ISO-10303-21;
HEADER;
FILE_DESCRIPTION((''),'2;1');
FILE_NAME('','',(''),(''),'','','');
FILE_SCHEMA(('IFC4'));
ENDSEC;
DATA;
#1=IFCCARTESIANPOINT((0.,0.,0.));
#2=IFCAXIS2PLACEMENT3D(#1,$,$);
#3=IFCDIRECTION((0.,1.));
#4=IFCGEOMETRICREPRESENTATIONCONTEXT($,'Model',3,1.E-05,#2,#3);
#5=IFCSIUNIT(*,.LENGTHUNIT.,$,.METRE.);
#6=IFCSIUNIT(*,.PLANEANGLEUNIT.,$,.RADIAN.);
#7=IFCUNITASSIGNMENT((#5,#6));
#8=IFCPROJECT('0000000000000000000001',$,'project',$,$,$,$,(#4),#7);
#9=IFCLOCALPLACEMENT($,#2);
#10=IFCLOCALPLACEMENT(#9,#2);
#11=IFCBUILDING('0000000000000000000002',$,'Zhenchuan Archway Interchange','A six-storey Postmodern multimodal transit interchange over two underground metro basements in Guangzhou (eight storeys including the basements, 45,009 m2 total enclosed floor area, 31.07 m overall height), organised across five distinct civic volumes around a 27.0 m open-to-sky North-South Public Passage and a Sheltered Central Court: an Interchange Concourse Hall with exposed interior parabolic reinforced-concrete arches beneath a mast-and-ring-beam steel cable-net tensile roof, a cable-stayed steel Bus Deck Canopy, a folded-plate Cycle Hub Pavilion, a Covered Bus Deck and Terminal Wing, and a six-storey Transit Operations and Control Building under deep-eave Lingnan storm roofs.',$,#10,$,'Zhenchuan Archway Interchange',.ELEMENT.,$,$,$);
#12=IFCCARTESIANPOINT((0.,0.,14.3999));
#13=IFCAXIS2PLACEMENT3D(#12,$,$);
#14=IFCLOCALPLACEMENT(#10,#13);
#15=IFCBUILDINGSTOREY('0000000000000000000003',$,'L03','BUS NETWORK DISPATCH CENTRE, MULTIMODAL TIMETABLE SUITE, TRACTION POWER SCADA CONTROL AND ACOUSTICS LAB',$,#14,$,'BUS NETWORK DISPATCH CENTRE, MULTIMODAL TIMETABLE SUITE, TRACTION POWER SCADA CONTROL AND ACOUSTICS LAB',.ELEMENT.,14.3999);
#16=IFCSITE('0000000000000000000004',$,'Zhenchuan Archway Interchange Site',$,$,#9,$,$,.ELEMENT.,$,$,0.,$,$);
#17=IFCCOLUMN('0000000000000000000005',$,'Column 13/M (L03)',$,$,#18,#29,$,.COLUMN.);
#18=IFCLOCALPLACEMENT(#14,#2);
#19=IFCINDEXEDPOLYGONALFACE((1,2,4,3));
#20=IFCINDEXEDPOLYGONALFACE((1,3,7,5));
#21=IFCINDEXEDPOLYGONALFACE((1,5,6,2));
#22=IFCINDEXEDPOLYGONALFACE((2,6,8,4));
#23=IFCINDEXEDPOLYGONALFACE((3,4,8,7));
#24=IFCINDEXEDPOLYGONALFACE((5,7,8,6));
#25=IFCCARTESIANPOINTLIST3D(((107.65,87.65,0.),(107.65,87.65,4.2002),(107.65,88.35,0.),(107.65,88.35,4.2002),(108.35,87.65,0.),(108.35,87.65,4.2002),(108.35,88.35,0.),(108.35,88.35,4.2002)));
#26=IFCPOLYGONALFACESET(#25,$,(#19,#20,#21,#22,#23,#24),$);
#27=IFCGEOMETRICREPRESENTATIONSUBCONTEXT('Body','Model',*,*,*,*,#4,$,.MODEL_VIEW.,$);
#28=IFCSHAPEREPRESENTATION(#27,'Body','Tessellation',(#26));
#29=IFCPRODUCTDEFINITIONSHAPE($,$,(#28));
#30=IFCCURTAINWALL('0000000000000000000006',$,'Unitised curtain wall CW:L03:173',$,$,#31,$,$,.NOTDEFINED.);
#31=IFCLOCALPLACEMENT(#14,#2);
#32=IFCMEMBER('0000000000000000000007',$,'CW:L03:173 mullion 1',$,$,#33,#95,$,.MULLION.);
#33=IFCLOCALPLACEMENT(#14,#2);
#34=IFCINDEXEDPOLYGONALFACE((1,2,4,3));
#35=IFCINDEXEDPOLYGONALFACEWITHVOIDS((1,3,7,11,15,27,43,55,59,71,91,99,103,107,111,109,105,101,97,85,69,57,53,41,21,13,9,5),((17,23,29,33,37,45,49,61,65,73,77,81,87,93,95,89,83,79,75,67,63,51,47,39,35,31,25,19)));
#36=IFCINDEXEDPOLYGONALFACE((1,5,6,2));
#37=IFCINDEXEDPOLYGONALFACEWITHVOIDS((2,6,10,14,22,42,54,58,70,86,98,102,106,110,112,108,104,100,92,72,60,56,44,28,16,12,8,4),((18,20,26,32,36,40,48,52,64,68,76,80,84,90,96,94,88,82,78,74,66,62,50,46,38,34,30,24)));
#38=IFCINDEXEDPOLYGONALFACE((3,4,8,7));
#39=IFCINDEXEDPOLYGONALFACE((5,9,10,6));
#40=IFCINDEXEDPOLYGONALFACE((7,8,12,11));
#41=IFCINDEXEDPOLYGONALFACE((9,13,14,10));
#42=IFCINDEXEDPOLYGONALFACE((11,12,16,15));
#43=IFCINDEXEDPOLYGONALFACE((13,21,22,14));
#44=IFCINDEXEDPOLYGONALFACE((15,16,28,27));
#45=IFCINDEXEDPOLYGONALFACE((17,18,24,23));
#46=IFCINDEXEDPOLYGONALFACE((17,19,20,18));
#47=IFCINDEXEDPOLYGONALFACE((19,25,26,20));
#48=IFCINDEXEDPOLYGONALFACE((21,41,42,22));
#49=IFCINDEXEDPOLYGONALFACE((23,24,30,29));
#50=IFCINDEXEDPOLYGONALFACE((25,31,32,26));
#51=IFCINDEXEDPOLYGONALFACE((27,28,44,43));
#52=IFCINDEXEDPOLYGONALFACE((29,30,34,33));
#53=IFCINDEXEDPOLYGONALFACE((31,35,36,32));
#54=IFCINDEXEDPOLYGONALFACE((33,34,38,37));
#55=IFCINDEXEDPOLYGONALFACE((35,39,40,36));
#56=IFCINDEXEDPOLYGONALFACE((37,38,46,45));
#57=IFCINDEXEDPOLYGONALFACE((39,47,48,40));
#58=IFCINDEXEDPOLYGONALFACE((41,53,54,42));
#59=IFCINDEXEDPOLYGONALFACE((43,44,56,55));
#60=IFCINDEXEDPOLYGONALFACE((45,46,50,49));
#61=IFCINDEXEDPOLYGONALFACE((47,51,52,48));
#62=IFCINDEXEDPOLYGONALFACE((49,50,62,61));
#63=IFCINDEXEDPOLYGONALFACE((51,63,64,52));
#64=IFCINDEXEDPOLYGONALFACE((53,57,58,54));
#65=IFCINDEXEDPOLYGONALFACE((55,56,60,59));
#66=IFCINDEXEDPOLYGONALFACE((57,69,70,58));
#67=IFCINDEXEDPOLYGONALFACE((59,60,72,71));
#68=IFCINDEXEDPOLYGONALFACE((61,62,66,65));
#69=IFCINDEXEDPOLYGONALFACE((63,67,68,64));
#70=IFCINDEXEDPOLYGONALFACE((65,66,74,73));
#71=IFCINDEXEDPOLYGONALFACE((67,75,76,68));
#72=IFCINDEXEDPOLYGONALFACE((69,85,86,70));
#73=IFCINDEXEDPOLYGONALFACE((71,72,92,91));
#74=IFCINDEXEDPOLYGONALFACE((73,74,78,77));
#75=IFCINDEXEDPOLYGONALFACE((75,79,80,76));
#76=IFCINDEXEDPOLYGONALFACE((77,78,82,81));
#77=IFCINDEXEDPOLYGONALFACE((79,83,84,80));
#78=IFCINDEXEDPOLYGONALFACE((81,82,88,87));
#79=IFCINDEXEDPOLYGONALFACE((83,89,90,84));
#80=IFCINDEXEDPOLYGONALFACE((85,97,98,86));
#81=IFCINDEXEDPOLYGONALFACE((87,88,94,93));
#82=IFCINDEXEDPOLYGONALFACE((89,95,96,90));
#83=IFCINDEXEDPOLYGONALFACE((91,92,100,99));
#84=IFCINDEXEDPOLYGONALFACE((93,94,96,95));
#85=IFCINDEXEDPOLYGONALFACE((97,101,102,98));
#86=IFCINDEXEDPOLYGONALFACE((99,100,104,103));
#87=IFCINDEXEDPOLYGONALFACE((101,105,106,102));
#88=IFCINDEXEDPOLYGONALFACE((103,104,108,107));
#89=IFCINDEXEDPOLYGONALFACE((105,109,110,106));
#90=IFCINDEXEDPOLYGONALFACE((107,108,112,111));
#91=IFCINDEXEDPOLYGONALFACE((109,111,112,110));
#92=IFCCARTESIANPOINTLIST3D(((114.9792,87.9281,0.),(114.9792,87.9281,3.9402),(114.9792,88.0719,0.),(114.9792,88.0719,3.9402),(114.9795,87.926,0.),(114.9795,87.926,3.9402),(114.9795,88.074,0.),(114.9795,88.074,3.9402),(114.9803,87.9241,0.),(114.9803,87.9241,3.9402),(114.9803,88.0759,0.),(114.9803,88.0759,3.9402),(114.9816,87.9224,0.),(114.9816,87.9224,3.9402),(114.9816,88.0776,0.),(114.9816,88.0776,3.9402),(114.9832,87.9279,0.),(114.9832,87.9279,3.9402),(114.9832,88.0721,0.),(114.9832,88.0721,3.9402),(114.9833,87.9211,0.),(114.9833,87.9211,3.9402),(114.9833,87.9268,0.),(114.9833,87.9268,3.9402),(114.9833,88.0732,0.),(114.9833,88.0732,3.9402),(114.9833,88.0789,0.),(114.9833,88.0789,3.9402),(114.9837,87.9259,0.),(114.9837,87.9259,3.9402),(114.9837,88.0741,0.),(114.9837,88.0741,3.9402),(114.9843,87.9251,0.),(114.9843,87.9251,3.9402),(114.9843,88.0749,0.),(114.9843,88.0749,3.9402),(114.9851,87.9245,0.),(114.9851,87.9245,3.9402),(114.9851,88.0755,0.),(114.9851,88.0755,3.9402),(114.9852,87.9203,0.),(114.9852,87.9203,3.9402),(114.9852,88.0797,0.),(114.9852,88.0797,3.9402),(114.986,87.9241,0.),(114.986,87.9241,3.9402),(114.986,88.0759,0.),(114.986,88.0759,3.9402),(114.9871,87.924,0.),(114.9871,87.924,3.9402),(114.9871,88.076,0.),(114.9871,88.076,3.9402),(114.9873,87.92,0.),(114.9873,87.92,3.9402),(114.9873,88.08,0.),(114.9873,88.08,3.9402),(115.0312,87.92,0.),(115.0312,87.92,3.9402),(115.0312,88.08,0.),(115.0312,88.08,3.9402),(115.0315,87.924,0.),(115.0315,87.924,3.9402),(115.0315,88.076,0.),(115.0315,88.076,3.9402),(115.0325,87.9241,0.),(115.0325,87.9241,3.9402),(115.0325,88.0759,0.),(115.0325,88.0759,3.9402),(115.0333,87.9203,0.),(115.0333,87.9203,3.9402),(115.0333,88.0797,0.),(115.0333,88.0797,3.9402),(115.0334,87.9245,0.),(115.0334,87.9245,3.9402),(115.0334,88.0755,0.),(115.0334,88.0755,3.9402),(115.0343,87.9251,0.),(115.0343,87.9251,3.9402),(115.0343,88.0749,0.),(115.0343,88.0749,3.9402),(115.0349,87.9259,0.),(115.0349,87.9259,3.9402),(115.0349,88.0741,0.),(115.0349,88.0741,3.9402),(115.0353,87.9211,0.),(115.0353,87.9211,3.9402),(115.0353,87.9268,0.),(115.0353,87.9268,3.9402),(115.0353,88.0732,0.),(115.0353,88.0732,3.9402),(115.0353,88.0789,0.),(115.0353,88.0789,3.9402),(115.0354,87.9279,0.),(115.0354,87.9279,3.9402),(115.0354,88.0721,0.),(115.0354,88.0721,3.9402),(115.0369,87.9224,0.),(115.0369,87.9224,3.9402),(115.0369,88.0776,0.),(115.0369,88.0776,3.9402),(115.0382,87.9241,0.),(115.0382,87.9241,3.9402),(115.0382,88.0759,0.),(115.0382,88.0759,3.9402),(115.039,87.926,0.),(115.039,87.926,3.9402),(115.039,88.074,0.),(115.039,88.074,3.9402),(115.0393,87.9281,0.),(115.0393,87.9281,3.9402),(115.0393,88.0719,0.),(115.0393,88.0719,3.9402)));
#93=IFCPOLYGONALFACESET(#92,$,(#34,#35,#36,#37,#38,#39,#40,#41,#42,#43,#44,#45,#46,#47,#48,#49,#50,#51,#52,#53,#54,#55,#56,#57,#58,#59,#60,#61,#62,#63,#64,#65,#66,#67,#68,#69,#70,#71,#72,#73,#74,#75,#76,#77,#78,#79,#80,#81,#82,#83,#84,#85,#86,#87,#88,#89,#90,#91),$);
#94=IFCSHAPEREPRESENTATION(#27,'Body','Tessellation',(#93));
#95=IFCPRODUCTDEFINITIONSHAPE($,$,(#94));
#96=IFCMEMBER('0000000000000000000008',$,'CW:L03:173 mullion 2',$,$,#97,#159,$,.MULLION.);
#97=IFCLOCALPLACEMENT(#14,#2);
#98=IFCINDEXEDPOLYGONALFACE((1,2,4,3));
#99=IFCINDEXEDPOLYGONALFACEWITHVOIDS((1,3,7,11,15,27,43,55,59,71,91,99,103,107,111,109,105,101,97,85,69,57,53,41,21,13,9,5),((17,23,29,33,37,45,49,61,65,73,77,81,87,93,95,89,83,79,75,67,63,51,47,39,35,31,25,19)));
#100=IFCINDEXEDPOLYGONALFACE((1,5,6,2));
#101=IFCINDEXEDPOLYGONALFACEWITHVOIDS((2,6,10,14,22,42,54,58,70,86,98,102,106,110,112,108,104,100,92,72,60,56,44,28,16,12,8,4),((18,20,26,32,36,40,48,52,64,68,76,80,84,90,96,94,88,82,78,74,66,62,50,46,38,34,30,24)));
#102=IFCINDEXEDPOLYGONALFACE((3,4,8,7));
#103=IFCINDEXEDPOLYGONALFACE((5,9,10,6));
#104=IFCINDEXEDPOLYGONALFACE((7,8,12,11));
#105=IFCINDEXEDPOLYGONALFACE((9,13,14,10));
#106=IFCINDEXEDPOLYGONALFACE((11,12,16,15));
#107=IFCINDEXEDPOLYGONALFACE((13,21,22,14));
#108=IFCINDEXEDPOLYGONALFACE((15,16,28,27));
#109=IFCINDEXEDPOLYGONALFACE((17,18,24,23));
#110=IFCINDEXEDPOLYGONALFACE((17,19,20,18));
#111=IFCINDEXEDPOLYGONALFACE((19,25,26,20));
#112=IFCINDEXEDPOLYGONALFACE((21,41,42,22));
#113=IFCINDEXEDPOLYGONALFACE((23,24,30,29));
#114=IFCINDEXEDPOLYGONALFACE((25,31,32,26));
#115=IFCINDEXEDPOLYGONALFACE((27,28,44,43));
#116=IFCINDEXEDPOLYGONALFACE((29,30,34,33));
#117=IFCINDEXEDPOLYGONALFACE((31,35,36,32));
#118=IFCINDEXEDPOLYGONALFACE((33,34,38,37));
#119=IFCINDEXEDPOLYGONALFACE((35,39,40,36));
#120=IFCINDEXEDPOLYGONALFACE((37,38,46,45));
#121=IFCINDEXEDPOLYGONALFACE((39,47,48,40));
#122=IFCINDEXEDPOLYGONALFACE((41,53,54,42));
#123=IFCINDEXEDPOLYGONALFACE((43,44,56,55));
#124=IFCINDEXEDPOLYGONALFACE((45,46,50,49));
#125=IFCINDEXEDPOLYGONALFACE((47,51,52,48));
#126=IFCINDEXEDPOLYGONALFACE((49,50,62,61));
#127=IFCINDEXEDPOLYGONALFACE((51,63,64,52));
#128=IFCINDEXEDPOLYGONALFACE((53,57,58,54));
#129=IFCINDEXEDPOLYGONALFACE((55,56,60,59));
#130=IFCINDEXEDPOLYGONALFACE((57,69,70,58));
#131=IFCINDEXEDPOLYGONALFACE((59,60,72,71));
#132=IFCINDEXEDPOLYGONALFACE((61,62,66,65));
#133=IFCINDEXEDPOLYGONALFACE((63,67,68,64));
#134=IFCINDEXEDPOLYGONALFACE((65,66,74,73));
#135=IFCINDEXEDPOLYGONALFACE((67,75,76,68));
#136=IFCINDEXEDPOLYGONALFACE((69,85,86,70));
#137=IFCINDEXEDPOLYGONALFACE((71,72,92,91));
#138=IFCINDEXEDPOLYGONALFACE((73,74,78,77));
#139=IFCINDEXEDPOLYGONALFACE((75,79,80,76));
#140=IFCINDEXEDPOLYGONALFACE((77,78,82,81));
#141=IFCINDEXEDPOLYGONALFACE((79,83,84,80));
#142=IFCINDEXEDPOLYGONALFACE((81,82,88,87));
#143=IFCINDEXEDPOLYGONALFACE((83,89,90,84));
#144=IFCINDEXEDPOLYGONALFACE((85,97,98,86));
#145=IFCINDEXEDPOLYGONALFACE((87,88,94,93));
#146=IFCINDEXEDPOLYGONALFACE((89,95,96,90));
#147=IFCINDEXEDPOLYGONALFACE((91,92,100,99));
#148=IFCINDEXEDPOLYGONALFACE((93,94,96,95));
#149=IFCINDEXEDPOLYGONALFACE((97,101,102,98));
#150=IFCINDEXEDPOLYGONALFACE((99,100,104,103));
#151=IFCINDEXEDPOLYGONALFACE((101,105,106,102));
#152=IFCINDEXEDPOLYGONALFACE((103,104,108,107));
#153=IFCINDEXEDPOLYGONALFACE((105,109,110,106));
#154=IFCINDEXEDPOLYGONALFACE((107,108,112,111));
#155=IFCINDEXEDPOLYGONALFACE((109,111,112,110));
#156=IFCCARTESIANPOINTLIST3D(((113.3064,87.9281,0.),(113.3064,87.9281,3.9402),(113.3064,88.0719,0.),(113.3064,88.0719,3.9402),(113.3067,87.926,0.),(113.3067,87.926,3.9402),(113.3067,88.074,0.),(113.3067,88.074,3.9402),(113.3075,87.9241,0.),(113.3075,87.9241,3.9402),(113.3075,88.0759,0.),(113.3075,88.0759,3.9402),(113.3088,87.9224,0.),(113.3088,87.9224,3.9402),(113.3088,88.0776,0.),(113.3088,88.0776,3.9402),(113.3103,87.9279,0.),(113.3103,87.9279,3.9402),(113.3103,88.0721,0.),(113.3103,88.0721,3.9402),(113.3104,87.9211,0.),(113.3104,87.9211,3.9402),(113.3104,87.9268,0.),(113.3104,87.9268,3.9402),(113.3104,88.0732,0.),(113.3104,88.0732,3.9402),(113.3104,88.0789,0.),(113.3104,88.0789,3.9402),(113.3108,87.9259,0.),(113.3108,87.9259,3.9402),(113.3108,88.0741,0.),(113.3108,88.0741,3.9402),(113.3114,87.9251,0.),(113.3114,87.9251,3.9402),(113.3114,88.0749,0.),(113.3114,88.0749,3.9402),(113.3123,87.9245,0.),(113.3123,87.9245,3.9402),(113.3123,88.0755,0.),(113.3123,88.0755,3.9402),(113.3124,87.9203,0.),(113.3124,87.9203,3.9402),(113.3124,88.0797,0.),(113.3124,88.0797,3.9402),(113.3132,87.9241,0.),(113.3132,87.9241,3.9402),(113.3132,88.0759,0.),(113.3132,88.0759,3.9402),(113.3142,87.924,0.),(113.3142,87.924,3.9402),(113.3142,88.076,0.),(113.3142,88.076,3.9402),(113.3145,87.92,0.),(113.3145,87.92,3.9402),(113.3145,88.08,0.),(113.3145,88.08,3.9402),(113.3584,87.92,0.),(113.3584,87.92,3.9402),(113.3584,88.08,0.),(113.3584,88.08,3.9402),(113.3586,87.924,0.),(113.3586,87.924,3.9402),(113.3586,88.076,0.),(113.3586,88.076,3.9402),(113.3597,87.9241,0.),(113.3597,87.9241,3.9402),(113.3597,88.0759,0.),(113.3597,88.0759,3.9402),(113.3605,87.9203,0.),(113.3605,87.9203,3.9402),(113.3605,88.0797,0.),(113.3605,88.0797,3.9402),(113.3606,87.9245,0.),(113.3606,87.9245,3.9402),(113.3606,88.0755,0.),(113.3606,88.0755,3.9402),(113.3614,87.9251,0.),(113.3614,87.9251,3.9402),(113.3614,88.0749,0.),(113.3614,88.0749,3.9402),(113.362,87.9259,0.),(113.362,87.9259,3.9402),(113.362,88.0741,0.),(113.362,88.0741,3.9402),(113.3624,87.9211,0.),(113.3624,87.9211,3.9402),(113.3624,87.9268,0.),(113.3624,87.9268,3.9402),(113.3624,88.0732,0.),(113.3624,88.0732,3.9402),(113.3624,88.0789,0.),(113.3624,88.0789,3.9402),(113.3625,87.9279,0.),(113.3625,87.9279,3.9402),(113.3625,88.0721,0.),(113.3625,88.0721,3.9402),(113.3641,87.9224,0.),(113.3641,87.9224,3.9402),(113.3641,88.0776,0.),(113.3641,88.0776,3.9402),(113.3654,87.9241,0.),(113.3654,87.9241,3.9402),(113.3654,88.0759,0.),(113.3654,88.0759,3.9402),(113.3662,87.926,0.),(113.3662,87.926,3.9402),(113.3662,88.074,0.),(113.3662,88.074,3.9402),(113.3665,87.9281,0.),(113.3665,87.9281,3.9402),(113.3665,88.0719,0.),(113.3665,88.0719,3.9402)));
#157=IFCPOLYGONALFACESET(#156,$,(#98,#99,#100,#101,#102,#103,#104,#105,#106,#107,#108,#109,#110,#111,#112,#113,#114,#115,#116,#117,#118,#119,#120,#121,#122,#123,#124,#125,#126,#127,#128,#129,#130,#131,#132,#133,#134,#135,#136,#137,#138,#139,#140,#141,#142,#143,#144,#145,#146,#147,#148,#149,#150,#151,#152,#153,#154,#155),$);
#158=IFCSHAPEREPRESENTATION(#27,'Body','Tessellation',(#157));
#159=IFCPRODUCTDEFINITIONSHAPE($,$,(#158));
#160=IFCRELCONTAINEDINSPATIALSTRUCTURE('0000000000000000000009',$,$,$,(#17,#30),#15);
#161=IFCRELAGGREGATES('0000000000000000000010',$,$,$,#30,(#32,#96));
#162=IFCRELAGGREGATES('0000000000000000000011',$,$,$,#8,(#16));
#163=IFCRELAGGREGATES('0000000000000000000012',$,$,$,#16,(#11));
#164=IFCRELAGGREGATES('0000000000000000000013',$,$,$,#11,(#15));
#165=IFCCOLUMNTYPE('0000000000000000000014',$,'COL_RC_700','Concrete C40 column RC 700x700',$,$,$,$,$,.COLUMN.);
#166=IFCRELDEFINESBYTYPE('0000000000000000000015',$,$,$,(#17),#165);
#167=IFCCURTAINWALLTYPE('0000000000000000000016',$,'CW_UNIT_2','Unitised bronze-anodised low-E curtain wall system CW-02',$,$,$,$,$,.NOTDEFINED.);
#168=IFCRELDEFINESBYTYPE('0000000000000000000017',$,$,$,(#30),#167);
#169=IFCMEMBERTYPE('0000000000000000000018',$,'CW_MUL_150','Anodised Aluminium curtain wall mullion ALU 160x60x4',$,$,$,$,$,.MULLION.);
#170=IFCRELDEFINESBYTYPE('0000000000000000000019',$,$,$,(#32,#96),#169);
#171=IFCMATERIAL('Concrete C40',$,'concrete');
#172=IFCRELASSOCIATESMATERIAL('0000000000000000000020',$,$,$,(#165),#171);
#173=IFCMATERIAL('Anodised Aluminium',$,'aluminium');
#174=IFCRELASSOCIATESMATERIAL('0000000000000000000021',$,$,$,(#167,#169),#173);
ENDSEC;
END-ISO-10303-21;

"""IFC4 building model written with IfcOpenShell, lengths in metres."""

from ifc_helpers import new_model, si_unit, direction, frame, origin, origin_2d, place, context, subcontext, project, spatial, rectangle, hollow_rectangle, extrude, material, material_profile, profile_set, type_object, element, aggregate, save


model = new_model("IFC4")

# Units and contexts
model_context = context("Model", 3, precision=1e-05, world=origin(), true_north=direction((0.0, 1.0)))
body_context = subcontext(model_context, "Body", "Model", "MODEL_VIEW")
ifc_project = project(units=[si_unit("LENGTHUNIT", "METRE"), si_unit("PLANEANGLEUNIT", "RADIAN")], contexts=[model_context])

# Site, building, storey
site_placement = place(None, origin())
site = spatial("IfcSite", under=ifc_project, at=site_placement, Name="Zhenchuan Archway Interchange Site", CompositionType="ELEMENT", RefElevation=0.0)
building_placement = place(site_placement, origin())
building = spatial("IfcBuilding", under=site, at=building_placement, Name="Zhenchuan Archway Interchange", Description="A six-storey Postmodern multimodal transit interchange over two underground metro basements in Guangzhou (eight storeys including the basements, 45,009 m2 total enclosed floor area, 31.07 m overall height), organised across five distinct civic volumes around a 27.0 m open-to-sky North-South Public Passage and a Sheltered Central Court: an Interchange Concourse Hall with exposed interior parabolic reinforced-concrete arches beneath a mast-and-ring-beam steel cable-net tensile roof, a cable-stayed steel Bus Deck Canopy, a folded-plate Cycle Hub Pavilion, a Covered Bus Deck and Terminal Wing, and a six-storey Transit Operations and Control Building under deep-eave Lingnan storm roofs.", LongName="Zhenchuan Archway Interchange", CompositionType="ELEMENT")
storey_placement = place(building_placement, frame((0.0, 0.0, 14.3999)))
storey = spatial("IfcBuildingStorey", under=building, at=storey_placement, Name="L03", Description="BUS NETWORK DISPATCH CENTRE, MULTIMODAL TIMETABLE SUITE, TRACTION POWER SCADA CONTROL AND ACOUSTICS LAB", LongName="BUS NETWORK DISPATCH CENTRE, MULTIMODAL TIMETABLE SUITE, TRACTION POWER SCADA CONTROL AND ACOUSTICS LAB", CompositionType="ELEMENT", Elevation=14.3999)

# Column
ifc_material_1 = material(Name="Concrete C40", Category="concrete")
ifc_material_profile_1 = material_profile(ifc_material_1, rectangle(XDim=0.7, YDim=0.7, at=origin_2d()), Name="RC 700x700")
ifc_profile_set_1 = profile_set([ifc_material_profile_1], Name="Concrete C40")
column_type = type_object("IfcColumnType", Name="COL_RC_700", Description="Concrete C40 column RC 700x700", PredefinedType="COLUMN", material=ifc_profile_set_1)
column_placement = place(storey_placement, frame((108.0, 88.0, 0.0), z_axis=(0.0, 0.0, 1.0), x_axis=(1.0, 0.0, 0.0)))
element("IfcColumn", 1, at=column_placement, inside=storey, type_object=column_type, Name="Column 13/M (L03)", PredefinedType="COLUMN", context=body_context, shape_type="SweptSolid", body=[
    extrude(rectangle(XDim=0.7, YDim=0.7, at=origin_2d()), origin(), (0.0, 0.0, 1.0), 4.2002),
])

# Curtain wall, members
ifc_material_2 = material(Name="Anodised Aluminium", Category="aluminium")
curtain_wall_type = type_object("IfcCurtainWallType", Name="CW_UNIT_2", Description="Unitised bronze-anodised low-E curtain wall system CW-02", PredefinedType="NOTDEFINED", material=ifc_material_2)
curtain_wall_placement = place(storey_placement, origin())
curtain_wall = element("IfcCurtainWall", 2, at=curtain_wall_placement, inside=storey, type_object=curtain_wall_type, Name="Unitised curtain wall CW:L03:173", PredefinedType="NOTDEFINED")
ifc_material_profile_2 = material_profile(ifc_material_2, hollow_rectangle(XDim=0.0601, YDim=0.1599, WallThickness=0.0039, InnerFilletRadius=0.0039, OuterFilletRadius=0.0081, at=origin_2d()), Name="ALU 160x60x4")
ifc_profile_set_2 = profile_set([ifc_material_profile_2], Name="Anodised Aluminium")
member_type_1 = type_object("IfcMemberType", Name="CW_MUL_150", Description="Anodised Aluminium curtain wall mullion ALU 160x60x4", PredefinedType="MULLION", material=ifc_profile_set_2)
member_1_placement = place(storey_placement, frame((115.0093, 88.0, 0.0), z_axis=(0.0, 0.0, 1.0), x_axis=(1.0, 0.0, 0.0)))
member_1 = element("IfcMember", 3, at=member_1_placement, type_object=member_type_1, Name="CW:L03:173 mullion 1", PredefinedType="MULLION", context=body_context, shape_type="SweptSolid", body=[
    extrude(hollow_rectangle(XDim=0.0601, YDim=0.1599, WallThickness=0.0039, InnerFilletRadius=0.0039, OuterFilletRadius=0.0081, at=origin_2d()), origin(), (0.0, 0.0, 1.0), 3.9402),
])
member_2_placement = place(storey_placement, frame((113.3364, 88.0, 0.0), z_axis=(0.0, 0.0, 1.0), x_axis=(1.0, 0.0, 0.0)))
member_2 = element("IfcMember", 4, at=member_2_placement, type_object=member_type_1, Name="CW:L03:173 mullion 2", PredefinedType="MULLION", context=body_context, shape_type="SweptSolid", body=[
    extrude(hollow_rectangle(XDim=0.0601, YDim=0.1599, WallThickness=0.0039, InnerFilletRadius=0.0039, OuterFilletRadius=0.0081, at=origin_2d()), origin(), (0.0, 0.0, 1.0), 3.9402),
])

aggregate(curtain_wall, [member_1, member_2])

save(model, "model.ifc")
